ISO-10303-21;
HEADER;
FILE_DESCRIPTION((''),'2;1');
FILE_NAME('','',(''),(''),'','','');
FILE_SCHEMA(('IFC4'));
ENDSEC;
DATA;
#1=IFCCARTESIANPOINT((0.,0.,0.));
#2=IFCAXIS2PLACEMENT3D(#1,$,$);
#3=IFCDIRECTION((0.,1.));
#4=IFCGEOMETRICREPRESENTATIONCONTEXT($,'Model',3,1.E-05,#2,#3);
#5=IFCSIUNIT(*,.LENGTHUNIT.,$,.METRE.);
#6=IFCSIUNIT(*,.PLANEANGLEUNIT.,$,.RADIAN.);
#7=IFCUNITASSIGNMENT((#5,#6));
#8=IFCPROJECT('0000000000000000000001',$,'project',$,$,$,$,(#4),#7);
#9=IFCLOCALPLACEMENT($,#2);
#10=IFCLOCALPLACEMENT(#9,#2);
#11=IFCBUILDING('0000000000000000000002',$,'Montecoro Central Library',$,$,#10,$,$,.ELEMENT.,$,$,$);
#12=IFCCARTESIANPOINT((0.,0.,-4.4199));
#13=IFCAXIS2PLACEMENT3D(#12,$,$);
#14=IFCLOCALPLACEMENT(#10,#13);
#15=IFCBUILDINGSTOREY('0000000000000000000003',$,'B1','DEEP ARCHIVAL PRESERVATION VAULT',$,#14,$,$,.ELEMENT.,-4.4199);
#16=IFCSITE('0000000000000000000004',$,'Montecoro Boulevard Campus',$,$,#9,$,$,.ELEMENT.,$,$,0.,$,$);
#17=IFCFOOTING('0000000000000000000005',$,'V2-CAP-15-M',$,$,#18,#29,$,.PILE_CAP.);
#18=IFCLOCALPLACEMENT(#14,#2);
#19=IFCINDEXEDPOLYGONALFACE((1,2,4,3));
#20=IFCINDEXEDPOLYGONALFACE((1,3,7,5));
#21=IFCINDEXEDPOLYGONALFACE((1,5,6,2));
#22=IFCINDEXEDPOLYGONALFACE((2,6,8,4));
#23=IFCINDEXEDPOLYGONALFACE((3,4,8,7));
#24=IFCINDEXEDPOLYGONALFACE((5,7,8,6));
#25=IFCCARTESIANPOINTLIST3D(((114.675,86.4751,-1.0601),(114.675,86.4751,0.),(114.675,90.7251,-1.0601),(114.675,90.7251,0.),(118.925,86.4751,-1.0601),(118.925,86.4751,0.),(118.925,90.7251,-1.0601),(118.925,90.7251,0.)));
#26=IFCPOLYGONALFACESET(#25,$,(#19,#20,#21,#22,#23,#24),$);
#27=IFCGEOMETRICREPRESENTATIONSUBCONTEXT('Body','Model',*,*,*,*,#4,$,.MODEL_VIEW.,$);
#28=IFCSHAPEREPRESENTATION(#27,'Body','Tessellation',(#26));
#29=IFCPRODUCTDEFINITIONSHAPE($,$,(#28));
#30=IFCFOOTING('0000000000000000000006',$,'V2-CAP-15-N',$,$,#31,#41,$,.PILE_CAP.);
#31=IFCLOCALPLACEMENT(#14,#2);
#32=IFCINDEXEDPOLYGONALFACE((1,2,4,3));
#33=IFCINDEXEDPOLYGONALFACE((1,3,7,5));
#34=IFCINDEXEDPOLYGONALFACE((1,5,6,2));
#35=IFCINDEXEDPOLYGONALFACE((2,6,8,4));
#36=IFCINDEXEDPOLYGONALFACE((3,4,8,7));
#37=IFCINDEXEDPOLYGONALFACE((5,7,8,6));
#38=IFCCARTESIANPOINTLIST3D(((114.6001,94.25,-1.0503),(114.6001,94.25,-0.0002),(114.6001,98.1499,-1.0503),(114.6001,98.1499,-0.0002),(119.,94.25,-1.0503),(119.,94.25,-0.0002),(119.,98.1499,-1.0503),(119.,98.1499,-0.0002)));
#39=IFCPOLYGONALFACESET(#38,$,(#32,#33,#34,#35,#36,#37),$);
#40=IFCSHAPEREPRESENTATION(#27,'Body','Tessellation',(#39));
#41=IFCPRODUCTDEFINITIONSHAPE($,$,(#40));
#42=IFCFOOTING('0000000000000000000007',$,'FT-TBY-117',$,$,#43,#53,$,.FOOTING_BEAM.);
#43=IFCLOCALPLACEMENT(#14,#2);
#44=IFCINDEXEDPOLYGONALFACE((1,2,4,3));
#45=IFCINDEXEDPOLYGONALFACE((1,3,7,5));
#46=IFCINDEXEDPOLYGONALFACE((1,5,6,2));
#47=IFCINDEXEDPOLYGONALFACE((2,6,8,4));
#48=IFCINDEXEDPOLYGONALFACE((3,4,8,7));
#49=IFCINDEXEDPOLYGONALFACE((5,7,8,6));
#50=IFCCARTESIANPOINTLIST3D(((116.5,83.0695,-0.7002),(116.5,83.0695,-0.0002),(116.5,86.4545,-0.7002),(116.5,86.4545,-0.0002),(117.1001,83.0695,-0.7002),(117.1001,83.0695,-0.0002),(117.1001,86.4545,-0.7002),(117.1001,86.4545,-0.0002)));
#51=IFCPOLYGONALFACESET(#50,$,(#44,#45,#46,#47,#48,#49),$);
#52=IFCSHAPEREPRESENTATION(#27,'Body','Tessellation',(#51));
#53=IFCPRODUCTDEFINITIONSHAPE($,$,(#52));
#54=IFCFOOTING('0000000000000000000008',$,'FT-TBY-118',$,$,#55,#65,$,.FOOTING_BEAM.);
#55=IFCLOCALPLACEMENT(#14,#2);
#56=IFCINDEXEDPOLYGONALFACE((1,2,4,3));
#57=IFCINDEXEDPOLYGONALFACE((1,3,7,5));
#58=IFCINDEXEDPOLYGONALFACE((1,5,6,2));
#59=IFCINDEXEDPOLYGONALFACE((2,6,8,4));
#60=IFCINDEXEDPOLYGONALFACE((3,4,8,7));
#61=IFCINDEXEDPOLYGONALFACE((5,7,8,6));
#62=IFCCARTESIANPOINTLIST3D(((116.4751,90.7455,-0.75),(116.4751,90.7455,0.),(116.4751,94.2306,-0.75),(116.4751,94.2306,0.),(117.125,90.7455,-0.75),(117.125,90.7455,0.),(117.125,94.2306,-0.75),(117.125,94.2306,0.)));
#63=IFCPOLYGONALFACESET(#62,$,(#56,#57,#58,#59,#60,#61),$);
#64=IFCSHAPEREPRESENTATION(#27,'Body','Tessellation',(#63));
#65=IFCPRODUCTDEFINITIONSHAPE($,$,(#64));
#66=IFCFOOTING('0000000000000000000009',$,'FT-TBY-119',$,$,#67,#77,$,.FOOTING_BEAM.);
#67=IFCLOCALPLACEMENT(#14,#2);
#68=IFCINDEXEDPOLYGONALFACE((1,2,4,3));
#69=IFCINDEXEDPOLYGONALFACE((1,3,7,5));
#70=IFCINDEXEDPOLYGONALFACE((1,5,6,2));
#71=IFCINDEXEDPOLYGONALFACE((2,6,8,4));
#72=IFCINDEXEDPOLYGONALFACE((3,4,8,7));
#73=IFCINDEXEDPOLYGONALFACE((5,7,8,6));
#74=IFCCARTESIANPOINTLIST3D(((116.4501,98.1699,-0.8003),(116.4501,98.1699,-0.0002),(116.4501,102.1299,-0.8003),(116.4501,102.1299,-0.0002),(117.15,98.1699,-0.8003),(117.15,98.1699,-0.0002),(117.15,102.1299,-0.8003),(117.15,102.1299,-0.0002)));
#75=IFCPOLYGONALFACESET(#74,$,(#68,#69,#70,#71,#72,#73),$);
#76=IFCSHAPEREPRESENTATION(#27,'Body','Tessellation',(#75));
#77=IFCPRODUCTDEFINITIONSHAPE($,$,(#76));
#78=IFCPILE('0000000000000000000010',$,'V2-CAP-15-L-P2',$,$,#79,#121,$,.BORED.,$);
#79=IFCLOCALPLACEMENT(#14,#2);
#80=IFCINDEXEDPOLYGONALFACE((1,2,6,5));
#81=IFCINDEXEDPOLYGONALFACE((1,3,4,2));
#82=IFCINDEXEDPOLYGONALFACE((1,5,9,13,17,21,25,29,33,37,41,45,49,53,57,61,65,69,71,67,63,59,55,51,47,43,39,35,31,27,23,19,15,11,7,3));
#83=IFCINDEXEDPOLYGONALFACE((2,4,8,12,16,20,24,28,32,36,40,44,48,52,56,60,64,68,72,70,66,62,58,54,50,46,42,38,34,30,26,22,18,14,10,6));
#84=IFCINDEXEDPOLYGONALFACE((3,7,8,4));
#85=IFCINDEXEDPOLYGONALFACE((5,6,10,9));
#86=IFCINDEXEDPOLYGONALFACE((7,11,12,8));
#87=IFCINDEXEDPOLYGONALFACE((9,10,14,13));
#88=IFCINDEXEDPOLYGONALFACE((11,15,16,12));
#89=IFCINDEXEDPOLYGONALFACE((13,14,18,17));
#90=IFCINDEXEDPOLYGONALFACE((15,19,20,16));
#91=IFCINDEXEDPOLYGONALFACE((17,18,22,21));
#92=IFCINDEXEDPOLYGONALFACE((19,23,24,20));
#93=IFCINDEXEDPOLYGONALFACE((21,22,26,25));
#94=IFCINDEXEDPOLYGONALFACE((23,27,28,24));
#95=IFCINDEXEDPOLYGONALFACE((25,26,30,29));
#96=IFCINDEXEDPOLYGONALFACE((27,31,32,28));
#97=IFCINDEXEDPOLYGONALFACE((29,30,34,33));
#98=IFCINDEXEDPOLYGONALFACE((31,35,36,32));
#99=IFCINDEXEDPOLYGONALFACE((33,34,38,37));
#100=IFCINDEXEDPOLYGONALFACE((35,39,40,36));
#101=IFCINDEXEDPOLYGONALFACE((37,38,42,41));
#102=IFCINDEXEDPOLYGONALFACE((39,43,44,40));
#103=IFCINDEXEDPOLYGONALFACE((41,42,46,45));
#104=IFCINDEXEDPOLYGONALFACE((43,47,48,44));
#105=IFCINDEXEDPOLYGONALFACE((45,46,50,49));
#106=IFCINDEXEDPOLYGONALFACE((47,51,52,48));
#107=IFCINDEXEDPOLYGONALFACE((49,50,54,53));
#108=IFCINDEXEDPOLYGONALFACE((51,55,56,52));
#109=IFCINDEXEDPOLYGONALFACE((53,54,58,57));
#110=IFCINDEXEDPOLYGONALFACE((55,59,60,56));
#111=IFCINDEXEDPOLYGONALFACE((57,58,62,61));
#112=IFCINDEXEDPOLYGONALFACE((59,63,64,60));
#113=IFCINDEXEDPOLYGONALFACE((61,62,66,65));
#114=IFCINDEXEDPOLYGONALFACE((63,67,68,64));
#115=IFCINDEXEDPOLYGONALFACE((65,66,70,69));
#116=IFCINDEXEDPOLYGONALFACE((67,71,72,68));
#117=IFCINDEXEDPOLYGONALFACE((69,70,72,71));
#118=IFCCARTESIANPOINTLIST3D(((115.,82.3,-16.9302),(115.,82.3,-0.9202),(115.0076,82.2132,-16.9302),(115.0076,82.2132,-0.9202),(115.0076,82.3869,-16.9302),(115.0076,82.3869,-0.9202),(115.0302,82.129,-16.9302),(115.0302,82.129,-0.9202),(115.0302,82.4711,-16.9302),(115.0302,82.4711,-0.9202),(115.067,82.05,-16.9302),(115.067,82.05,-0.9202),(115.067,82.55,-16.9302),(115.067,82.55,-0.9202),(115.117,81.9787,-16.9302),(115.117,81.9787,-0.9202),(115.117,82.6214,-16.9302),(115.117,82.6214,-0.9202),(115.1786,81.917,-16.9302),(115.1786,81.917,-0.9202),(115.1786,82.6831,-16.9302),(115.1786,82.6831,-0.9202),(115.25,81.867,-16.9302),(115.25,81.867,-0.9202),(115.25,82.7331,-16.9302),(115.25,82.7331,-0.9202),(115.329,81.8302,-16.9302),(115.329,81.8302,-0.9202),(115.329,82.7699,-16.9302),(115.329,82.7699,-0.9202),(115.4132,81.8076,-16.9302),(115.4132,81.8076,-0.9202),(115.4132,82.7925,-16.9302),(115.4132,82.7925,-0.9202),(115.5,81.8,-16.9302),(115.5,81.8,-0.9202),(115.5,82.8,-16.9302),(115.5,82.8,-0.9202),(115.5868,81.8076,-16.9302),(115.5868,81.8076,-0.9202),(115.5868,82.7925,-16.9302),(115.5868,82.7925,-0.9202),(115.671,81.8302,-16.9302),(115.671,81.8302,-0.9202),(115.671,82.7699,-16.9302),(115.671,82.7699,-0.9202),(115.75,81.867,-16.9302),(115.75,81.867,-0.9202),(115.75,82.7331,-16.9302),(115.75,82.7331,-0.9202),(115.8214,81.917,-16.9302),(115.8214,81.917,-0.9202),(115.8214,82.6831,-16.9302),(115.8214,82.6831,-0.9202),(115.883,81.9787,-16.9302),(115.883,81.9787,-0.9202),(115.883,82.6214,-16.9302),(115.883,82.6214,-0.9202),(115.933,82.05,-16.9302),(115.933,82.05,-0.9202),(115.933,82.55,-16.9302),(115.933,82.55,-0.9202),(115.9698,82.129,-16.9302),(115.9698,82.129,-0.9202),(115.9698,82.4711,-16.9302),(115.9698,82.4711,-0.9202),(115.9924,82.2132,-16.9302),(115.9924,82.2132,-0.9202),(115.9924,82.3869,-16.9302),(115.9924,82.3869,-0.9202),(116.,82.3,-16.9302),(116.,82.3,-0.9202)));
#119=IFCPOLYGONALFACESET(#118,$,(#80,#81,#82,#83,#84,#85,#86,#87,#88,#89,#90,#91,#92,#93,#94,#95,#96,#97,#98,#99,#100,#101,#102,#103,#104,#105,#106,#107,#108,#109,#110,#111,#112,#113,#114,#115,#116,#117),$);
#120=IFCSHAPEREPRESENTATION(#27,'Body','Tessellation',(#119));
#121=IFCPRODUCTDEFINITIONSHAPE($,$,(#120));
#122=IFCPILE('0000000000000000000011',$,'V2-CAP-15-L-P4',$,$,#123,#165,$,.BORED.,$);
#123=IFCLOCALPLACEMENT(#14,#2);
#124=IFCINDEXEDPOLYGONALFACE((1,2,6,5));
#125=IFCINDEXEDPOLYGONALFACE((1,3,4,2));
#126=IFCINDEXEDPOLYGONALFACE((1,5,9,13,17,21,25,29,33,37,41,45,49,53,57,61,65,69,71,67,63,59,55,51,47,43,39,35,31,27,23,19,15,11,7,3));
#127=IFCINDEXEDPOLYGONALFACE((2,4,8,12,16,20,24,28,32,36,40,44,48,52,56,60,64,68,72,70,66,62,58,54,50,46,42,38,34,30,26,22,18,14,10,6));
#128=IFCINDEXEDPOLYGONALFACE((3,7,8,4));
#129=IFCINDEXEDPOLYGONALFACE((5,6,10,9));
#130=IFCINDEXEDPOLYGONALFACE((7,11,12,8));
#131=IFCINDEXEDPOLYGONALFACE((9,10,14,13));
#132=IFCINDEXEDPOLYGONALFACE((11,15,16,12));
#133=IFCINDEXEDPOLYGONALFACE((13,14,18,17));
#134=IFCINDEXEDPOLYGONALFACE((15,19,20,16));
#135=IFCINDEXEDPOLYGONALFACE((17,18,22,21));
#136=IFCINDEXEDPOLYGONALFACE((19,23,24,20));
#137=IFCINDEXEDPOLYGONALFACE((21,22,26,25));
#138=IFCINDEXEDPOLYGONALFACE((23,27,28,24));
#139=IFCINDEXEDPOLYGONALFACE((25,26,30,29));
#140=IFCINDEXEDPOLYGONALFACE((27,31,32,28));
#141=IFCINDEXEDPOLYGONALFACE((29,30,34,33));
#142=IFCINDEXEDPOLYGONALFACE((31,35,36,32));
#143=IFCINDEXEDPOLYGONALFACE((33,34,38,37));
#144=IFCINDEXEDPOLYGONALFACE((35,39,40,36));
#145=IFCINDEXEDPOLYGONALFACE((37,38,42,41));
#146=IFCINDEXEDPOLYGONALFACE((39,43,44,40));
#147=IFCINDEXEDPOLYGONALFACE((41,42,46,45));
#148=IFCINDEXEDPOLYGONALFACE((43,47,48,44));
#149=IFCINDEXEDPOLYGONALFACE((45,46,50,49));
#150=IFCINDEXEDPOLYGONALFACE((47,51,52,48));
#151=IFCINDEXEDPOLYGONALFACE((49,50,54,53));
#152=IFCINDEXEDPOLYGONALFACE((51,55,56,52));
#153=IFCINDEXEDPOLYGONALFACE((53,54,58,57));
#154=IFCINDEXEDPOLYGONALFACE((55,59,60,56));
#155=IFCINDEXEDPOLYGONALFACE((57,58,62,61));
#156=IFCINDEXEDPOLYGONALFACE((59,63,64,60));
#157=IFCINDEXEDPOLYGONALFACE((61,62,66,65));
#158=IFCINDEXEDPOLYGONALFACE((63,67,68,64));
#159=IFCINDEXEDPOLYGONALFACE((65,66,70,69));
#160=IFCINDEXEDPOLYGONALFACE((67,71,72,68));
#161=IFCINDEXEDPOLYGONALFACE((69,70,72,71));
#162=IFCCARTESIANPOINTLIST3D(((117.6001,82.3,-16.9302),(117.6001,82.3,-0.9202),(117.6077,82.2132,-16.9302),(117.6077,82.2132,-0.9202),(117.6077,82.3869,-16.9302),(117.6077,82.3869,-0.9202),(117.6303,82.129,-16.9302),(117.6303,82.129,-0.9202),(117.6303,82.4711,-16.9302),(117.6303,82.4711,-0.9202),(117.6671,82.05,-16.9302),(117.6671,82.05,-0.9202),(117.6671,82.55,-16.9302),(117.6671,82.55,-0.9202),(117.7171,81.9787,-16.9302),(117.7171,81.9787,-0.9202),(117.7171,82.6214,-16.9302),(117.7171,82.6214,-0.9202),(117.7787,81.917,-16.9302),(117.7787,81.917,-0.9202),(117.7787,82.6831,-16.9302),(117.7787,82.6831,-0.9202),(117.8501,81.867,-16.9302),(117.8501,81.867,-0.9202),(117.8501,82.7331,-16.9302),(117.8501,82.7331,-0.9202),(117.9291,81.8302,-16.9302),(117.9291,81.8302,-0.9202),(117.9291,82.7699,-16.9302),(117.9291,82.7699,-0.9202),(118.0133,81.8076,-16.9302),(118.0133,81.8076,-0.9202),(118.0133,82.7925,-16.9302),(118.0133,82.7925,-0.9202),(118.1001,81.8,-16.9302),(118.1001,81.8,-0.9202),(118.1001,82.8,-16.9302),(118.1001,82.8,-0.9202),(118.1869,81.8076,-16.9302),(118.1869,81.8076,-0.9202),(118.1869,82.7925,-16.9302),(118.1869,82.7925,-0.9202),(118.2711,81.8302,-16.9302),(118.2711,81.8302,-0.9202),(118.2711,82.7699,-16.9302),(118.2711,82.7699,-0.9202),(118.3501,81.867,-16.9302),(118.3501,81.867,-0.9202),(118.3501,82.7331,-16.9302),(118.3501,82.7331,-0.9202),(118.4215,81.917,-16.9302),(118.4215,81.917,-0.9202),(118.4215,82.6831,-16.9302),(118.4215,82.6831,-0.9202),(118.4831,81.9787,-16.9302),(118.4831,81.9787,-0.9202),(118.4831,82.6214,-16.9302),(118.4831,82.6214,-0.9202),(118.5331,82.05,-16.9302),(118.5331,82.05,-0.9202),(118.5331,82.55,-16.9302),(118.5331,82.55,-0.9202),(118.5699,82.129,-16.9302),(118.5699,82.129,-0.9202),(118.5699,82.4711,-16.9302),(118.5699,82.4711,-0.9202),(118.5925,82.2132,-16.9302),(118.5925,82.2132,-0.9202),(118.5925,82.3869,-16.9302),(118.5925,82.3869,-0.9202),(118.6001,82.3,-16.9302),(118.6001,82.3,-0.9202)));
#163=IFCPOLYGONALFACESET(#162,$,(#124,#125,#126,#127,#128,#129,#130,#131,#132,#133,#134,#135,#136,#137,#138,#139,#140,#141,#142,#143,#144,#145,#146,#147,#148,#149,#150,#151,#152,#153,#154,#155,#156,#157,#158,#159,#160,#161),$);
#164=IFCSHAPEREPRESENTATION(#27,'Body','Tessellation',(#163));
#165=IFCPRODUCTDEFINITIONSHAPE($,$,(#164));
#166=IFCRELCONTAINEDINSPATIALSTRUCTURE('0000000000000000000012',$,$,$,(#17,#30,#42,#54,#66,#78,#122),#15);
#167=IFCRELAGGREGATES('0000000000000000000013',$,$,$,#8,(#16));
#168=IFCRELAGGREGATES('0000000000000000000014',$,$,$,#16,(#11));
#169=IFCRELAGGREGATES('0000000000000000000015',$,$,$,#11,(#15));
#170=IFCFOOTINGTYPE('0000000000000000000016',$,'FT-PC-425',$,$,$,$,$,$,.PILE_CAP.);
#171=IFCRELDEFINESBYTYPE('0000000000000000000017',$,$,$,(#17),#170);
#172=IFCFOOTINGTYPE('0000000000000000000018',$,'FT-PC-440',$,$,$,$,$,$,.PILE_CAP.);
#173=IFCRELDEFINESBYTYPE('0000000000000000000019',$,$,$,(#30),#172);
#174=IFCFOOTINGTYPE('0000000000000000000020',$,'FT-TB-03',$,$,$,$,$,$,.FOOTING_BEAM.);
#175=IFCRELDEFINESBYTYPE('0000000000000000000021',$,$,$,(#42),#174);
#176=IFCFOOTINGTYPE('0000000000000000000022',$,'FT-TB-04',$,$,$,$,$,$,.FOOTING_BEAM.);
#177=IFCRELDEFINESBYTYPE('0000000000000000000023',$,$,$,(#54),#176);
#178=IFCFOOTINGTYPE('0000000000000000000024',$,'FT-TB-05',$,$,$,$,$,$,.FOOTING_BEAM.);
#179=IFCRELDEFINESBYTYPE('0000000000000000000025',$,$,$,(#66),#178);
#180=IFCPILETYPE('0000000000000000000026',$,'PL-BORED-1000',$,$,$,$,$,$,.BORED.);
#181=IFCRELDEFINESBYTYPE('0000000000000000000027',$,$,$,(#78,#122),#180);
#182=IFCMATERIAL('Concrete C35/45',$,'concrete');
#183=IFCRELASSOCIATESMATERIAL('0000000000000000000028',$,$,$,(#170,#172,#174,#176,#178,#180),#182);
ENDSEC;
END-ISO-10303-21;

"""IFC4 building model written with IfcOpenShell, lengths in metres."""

from ifc_helpers import new_model, si_unit, direction, frame, origin, origin_2d, place, context, subcontext, project, spatial, rectangle, circle, extrude, material, material_profile, profile_set, type_object, element, save


model = new_model("IFC4")

# Units and contexts
model_context = context("Model", 3, precision=1e-05, world=origin(), true_north=direction((0.0, 1.0)))
body_context = subcontext(model_context, "Body", "Model", "MODEL_VIEW")
ifc_project = project(units=[si_unit("LENGTHUNIT", "METRE"), si_unit("PLANEANGLEUNIT", "RADIAN")], contexts=[model_context])

# Site, building, storey
site_placement = place(None, origin())
site = spatial("IfcSite", under=ifc_project, at=site_placement, Name="Montecoro Boulevard Campus", CompositionType="ELEMENT", RefElevation=0.0)
building_placement = place(site_placement, origin())
building = spatial("IfcBuilding", under=site, at=building_placement, Name="Montecoro Central Library", CompositionType="ELEMENT")
storey_placement = place(building_placement, frame((0.0, 0.0, -4.4199)))
storey = spatial("IfcBuildingStorey", under=building, at=storey_placement, Name="B1", Description="DEEP ARCHIVAL PRESERVATION VAULT", CompositionType="ELEMENT", Elevation=-4.4199)

# Footings
ifc_material_1 = material(Name="Concrete C35/45", Category="concrete")
footing_type_1 = type_object("IfcFootingType", Name="FT-PC-425", PredefinedType="PILE_CAP", material=ifc_material_1)
footing_1_placement = place(storey_placement, frame((116.8, 88.6001, -1.0601), z_axis=(0.0, 0.0, 1.0), x_axis=(1.0, 0.0, 0.0)))
element("IfcFooting", 1, at=footing_1_placement, inside=storey, type_object=footing_type_1, Name="V2-CAP-15-M", PredefinedType="PILE_CAP", context=body_context, shape_type="SweptSolid", body=[
    extrude(rectangle(XDim=4.25, YDim=4.25, at=origin_2d()), origin(), (0.0, 0.0, 1.0), 1.0601),
])
footing_type_2 = type_object("IfcFootingType", Name="FT-PC-440", PredefinedType="PILE_CAP", material=ifc_material_1)
footing_2_placement = place(storey_placement, frame((116.8, 96.2, -1.0503), z_axis=(0.0, 0.0, 1.0), x_axis=(1.0, 0.0, 0.0)))
element("IfcFooting", 2, at=footing_2_placement, inside=storey, type_object=footing_type_2, Name="V2-CAP-15-N", PredefinedType="PILE_CAP", context=body_context, shape_type="SweptSolid", body=[
    extrude(rectangle(XDim=4.3999, YDim=3.8999, at=origin_2d()), origin(), (0.0, 0.0, 1.0), 1.05),
])
footing_type_3 = type_object("IfcFootingType", Name="FT-TB-03", PredefinedType="FOOTING_BEAM", material=ifc_material_1)
footing_3_placement = place(storey_placement, frame((116.8, 84.762, -0.7002), z_axis=(0.0, 0.0, 1.0), x_axis=(1.0, 0.0, 0.0)))
element("IfcFooting", 3, at=footing_3_placement, inside=storey, type_object=footing_type_3, Name="FT-TBY-117", PredefinedType="FOOTING_BEAM", context=body_context, shape_type="SweptSolid", body=[
    extrude(rectangle(XDim=0.6001, YDim=3.385, at=origin_2d()), origin(), (0.0, 0.0, 1.0), 0.7),
])
footing_type_4 = type_object("IfcFootingType", Name="FT-TB-04", PredefinedType="FOOTING_BEAM", material=ifc_material_1)
footing_4_placement = place(storey_placement, frame((116.8, 92.488, -0.75), z_axis=(0.0, 0.0, 1.0), x_axis=(1.0, 0.0, 0.0)))
element("IfcFooting", 4, at=footing_4_placement, inside=storey, type_object=footing_type_4, Name="FT-TBY-118", PredefinedType="FOOTING_BEAM", context=body_context, shape_type="SweptSolid", body=[
    extrude(rectangle(XDim=0.6499, YDim=3.4851, at=origin_2d()), origin(), (0.0, 0.0, 1.0), 0.75),
])
footing_type_5 = type_object("IfcFootingType", Name="FT-TB-05", PredefinedType="FOOTING_BEAM", material=ifc_material_1)
footing_5_placement = place(storey_placement, frame((116.8, 100.1499, -0.8003), z_axis=(0.0, 0.0, 1.0), x_axis=(1.0, 0.0, 0.0)))
element("IfcFooting", 5, at=footing_5_placement, inside=storey, type_object=footing_type_5, Name="FT-TBY-119", PredefinedType="FOOTING_BEAM", context=body_context, shape_type="SweptSolid", body=[
    extrude(rectangle(XDim=0.7, YDim=3.96, at=origin_2d()), origin(), (0.0, 0.0, 1.0), 0.8),
])

# Piles
ifc_material_profile_1 = material_profile(ifc_material_1, circle(Radius=0.5, at=origin_2d()), Name="PILE D1000")
ifc_profile_set_1 = profile_set([ifc_material_profile_1], Name="Concrete C35/45")
pile_type_1 = type_object("IfcPileType", Name="PL-BORED-1000", PredefinedType="BORED", material=ifc_profile_set_1)
for number, where, z_axis, x_axis, name in (
    (6, (115.5, 82.3, -0.9202), (0.0, 0.0, -1.0), (1.0, 0.0, 0.0), "V2-CAP-15-L-P2"),
    (7, (118.1001, 82.3, -0.9202), (0.0, 0.0, -1.0), (1.0, 0.0, 0.0), "V2-CAP-15-L-P4"),
):
    element("IfcPile", number, at=place(storey_placement, frame(where, z_axis=z_axis, x_axis=x_axis)), inside=storey, type_object=pile_type_1, Name=name, PredefinedType="BORED", context=body_context, shape_type="SweptSolid", body=[
        extrude(circle(Radius=0.5, at=origin_2d()), origin(), (0.0, 0.0, 1.0), 16.01),
    ])

save(model, "model.ifc")
